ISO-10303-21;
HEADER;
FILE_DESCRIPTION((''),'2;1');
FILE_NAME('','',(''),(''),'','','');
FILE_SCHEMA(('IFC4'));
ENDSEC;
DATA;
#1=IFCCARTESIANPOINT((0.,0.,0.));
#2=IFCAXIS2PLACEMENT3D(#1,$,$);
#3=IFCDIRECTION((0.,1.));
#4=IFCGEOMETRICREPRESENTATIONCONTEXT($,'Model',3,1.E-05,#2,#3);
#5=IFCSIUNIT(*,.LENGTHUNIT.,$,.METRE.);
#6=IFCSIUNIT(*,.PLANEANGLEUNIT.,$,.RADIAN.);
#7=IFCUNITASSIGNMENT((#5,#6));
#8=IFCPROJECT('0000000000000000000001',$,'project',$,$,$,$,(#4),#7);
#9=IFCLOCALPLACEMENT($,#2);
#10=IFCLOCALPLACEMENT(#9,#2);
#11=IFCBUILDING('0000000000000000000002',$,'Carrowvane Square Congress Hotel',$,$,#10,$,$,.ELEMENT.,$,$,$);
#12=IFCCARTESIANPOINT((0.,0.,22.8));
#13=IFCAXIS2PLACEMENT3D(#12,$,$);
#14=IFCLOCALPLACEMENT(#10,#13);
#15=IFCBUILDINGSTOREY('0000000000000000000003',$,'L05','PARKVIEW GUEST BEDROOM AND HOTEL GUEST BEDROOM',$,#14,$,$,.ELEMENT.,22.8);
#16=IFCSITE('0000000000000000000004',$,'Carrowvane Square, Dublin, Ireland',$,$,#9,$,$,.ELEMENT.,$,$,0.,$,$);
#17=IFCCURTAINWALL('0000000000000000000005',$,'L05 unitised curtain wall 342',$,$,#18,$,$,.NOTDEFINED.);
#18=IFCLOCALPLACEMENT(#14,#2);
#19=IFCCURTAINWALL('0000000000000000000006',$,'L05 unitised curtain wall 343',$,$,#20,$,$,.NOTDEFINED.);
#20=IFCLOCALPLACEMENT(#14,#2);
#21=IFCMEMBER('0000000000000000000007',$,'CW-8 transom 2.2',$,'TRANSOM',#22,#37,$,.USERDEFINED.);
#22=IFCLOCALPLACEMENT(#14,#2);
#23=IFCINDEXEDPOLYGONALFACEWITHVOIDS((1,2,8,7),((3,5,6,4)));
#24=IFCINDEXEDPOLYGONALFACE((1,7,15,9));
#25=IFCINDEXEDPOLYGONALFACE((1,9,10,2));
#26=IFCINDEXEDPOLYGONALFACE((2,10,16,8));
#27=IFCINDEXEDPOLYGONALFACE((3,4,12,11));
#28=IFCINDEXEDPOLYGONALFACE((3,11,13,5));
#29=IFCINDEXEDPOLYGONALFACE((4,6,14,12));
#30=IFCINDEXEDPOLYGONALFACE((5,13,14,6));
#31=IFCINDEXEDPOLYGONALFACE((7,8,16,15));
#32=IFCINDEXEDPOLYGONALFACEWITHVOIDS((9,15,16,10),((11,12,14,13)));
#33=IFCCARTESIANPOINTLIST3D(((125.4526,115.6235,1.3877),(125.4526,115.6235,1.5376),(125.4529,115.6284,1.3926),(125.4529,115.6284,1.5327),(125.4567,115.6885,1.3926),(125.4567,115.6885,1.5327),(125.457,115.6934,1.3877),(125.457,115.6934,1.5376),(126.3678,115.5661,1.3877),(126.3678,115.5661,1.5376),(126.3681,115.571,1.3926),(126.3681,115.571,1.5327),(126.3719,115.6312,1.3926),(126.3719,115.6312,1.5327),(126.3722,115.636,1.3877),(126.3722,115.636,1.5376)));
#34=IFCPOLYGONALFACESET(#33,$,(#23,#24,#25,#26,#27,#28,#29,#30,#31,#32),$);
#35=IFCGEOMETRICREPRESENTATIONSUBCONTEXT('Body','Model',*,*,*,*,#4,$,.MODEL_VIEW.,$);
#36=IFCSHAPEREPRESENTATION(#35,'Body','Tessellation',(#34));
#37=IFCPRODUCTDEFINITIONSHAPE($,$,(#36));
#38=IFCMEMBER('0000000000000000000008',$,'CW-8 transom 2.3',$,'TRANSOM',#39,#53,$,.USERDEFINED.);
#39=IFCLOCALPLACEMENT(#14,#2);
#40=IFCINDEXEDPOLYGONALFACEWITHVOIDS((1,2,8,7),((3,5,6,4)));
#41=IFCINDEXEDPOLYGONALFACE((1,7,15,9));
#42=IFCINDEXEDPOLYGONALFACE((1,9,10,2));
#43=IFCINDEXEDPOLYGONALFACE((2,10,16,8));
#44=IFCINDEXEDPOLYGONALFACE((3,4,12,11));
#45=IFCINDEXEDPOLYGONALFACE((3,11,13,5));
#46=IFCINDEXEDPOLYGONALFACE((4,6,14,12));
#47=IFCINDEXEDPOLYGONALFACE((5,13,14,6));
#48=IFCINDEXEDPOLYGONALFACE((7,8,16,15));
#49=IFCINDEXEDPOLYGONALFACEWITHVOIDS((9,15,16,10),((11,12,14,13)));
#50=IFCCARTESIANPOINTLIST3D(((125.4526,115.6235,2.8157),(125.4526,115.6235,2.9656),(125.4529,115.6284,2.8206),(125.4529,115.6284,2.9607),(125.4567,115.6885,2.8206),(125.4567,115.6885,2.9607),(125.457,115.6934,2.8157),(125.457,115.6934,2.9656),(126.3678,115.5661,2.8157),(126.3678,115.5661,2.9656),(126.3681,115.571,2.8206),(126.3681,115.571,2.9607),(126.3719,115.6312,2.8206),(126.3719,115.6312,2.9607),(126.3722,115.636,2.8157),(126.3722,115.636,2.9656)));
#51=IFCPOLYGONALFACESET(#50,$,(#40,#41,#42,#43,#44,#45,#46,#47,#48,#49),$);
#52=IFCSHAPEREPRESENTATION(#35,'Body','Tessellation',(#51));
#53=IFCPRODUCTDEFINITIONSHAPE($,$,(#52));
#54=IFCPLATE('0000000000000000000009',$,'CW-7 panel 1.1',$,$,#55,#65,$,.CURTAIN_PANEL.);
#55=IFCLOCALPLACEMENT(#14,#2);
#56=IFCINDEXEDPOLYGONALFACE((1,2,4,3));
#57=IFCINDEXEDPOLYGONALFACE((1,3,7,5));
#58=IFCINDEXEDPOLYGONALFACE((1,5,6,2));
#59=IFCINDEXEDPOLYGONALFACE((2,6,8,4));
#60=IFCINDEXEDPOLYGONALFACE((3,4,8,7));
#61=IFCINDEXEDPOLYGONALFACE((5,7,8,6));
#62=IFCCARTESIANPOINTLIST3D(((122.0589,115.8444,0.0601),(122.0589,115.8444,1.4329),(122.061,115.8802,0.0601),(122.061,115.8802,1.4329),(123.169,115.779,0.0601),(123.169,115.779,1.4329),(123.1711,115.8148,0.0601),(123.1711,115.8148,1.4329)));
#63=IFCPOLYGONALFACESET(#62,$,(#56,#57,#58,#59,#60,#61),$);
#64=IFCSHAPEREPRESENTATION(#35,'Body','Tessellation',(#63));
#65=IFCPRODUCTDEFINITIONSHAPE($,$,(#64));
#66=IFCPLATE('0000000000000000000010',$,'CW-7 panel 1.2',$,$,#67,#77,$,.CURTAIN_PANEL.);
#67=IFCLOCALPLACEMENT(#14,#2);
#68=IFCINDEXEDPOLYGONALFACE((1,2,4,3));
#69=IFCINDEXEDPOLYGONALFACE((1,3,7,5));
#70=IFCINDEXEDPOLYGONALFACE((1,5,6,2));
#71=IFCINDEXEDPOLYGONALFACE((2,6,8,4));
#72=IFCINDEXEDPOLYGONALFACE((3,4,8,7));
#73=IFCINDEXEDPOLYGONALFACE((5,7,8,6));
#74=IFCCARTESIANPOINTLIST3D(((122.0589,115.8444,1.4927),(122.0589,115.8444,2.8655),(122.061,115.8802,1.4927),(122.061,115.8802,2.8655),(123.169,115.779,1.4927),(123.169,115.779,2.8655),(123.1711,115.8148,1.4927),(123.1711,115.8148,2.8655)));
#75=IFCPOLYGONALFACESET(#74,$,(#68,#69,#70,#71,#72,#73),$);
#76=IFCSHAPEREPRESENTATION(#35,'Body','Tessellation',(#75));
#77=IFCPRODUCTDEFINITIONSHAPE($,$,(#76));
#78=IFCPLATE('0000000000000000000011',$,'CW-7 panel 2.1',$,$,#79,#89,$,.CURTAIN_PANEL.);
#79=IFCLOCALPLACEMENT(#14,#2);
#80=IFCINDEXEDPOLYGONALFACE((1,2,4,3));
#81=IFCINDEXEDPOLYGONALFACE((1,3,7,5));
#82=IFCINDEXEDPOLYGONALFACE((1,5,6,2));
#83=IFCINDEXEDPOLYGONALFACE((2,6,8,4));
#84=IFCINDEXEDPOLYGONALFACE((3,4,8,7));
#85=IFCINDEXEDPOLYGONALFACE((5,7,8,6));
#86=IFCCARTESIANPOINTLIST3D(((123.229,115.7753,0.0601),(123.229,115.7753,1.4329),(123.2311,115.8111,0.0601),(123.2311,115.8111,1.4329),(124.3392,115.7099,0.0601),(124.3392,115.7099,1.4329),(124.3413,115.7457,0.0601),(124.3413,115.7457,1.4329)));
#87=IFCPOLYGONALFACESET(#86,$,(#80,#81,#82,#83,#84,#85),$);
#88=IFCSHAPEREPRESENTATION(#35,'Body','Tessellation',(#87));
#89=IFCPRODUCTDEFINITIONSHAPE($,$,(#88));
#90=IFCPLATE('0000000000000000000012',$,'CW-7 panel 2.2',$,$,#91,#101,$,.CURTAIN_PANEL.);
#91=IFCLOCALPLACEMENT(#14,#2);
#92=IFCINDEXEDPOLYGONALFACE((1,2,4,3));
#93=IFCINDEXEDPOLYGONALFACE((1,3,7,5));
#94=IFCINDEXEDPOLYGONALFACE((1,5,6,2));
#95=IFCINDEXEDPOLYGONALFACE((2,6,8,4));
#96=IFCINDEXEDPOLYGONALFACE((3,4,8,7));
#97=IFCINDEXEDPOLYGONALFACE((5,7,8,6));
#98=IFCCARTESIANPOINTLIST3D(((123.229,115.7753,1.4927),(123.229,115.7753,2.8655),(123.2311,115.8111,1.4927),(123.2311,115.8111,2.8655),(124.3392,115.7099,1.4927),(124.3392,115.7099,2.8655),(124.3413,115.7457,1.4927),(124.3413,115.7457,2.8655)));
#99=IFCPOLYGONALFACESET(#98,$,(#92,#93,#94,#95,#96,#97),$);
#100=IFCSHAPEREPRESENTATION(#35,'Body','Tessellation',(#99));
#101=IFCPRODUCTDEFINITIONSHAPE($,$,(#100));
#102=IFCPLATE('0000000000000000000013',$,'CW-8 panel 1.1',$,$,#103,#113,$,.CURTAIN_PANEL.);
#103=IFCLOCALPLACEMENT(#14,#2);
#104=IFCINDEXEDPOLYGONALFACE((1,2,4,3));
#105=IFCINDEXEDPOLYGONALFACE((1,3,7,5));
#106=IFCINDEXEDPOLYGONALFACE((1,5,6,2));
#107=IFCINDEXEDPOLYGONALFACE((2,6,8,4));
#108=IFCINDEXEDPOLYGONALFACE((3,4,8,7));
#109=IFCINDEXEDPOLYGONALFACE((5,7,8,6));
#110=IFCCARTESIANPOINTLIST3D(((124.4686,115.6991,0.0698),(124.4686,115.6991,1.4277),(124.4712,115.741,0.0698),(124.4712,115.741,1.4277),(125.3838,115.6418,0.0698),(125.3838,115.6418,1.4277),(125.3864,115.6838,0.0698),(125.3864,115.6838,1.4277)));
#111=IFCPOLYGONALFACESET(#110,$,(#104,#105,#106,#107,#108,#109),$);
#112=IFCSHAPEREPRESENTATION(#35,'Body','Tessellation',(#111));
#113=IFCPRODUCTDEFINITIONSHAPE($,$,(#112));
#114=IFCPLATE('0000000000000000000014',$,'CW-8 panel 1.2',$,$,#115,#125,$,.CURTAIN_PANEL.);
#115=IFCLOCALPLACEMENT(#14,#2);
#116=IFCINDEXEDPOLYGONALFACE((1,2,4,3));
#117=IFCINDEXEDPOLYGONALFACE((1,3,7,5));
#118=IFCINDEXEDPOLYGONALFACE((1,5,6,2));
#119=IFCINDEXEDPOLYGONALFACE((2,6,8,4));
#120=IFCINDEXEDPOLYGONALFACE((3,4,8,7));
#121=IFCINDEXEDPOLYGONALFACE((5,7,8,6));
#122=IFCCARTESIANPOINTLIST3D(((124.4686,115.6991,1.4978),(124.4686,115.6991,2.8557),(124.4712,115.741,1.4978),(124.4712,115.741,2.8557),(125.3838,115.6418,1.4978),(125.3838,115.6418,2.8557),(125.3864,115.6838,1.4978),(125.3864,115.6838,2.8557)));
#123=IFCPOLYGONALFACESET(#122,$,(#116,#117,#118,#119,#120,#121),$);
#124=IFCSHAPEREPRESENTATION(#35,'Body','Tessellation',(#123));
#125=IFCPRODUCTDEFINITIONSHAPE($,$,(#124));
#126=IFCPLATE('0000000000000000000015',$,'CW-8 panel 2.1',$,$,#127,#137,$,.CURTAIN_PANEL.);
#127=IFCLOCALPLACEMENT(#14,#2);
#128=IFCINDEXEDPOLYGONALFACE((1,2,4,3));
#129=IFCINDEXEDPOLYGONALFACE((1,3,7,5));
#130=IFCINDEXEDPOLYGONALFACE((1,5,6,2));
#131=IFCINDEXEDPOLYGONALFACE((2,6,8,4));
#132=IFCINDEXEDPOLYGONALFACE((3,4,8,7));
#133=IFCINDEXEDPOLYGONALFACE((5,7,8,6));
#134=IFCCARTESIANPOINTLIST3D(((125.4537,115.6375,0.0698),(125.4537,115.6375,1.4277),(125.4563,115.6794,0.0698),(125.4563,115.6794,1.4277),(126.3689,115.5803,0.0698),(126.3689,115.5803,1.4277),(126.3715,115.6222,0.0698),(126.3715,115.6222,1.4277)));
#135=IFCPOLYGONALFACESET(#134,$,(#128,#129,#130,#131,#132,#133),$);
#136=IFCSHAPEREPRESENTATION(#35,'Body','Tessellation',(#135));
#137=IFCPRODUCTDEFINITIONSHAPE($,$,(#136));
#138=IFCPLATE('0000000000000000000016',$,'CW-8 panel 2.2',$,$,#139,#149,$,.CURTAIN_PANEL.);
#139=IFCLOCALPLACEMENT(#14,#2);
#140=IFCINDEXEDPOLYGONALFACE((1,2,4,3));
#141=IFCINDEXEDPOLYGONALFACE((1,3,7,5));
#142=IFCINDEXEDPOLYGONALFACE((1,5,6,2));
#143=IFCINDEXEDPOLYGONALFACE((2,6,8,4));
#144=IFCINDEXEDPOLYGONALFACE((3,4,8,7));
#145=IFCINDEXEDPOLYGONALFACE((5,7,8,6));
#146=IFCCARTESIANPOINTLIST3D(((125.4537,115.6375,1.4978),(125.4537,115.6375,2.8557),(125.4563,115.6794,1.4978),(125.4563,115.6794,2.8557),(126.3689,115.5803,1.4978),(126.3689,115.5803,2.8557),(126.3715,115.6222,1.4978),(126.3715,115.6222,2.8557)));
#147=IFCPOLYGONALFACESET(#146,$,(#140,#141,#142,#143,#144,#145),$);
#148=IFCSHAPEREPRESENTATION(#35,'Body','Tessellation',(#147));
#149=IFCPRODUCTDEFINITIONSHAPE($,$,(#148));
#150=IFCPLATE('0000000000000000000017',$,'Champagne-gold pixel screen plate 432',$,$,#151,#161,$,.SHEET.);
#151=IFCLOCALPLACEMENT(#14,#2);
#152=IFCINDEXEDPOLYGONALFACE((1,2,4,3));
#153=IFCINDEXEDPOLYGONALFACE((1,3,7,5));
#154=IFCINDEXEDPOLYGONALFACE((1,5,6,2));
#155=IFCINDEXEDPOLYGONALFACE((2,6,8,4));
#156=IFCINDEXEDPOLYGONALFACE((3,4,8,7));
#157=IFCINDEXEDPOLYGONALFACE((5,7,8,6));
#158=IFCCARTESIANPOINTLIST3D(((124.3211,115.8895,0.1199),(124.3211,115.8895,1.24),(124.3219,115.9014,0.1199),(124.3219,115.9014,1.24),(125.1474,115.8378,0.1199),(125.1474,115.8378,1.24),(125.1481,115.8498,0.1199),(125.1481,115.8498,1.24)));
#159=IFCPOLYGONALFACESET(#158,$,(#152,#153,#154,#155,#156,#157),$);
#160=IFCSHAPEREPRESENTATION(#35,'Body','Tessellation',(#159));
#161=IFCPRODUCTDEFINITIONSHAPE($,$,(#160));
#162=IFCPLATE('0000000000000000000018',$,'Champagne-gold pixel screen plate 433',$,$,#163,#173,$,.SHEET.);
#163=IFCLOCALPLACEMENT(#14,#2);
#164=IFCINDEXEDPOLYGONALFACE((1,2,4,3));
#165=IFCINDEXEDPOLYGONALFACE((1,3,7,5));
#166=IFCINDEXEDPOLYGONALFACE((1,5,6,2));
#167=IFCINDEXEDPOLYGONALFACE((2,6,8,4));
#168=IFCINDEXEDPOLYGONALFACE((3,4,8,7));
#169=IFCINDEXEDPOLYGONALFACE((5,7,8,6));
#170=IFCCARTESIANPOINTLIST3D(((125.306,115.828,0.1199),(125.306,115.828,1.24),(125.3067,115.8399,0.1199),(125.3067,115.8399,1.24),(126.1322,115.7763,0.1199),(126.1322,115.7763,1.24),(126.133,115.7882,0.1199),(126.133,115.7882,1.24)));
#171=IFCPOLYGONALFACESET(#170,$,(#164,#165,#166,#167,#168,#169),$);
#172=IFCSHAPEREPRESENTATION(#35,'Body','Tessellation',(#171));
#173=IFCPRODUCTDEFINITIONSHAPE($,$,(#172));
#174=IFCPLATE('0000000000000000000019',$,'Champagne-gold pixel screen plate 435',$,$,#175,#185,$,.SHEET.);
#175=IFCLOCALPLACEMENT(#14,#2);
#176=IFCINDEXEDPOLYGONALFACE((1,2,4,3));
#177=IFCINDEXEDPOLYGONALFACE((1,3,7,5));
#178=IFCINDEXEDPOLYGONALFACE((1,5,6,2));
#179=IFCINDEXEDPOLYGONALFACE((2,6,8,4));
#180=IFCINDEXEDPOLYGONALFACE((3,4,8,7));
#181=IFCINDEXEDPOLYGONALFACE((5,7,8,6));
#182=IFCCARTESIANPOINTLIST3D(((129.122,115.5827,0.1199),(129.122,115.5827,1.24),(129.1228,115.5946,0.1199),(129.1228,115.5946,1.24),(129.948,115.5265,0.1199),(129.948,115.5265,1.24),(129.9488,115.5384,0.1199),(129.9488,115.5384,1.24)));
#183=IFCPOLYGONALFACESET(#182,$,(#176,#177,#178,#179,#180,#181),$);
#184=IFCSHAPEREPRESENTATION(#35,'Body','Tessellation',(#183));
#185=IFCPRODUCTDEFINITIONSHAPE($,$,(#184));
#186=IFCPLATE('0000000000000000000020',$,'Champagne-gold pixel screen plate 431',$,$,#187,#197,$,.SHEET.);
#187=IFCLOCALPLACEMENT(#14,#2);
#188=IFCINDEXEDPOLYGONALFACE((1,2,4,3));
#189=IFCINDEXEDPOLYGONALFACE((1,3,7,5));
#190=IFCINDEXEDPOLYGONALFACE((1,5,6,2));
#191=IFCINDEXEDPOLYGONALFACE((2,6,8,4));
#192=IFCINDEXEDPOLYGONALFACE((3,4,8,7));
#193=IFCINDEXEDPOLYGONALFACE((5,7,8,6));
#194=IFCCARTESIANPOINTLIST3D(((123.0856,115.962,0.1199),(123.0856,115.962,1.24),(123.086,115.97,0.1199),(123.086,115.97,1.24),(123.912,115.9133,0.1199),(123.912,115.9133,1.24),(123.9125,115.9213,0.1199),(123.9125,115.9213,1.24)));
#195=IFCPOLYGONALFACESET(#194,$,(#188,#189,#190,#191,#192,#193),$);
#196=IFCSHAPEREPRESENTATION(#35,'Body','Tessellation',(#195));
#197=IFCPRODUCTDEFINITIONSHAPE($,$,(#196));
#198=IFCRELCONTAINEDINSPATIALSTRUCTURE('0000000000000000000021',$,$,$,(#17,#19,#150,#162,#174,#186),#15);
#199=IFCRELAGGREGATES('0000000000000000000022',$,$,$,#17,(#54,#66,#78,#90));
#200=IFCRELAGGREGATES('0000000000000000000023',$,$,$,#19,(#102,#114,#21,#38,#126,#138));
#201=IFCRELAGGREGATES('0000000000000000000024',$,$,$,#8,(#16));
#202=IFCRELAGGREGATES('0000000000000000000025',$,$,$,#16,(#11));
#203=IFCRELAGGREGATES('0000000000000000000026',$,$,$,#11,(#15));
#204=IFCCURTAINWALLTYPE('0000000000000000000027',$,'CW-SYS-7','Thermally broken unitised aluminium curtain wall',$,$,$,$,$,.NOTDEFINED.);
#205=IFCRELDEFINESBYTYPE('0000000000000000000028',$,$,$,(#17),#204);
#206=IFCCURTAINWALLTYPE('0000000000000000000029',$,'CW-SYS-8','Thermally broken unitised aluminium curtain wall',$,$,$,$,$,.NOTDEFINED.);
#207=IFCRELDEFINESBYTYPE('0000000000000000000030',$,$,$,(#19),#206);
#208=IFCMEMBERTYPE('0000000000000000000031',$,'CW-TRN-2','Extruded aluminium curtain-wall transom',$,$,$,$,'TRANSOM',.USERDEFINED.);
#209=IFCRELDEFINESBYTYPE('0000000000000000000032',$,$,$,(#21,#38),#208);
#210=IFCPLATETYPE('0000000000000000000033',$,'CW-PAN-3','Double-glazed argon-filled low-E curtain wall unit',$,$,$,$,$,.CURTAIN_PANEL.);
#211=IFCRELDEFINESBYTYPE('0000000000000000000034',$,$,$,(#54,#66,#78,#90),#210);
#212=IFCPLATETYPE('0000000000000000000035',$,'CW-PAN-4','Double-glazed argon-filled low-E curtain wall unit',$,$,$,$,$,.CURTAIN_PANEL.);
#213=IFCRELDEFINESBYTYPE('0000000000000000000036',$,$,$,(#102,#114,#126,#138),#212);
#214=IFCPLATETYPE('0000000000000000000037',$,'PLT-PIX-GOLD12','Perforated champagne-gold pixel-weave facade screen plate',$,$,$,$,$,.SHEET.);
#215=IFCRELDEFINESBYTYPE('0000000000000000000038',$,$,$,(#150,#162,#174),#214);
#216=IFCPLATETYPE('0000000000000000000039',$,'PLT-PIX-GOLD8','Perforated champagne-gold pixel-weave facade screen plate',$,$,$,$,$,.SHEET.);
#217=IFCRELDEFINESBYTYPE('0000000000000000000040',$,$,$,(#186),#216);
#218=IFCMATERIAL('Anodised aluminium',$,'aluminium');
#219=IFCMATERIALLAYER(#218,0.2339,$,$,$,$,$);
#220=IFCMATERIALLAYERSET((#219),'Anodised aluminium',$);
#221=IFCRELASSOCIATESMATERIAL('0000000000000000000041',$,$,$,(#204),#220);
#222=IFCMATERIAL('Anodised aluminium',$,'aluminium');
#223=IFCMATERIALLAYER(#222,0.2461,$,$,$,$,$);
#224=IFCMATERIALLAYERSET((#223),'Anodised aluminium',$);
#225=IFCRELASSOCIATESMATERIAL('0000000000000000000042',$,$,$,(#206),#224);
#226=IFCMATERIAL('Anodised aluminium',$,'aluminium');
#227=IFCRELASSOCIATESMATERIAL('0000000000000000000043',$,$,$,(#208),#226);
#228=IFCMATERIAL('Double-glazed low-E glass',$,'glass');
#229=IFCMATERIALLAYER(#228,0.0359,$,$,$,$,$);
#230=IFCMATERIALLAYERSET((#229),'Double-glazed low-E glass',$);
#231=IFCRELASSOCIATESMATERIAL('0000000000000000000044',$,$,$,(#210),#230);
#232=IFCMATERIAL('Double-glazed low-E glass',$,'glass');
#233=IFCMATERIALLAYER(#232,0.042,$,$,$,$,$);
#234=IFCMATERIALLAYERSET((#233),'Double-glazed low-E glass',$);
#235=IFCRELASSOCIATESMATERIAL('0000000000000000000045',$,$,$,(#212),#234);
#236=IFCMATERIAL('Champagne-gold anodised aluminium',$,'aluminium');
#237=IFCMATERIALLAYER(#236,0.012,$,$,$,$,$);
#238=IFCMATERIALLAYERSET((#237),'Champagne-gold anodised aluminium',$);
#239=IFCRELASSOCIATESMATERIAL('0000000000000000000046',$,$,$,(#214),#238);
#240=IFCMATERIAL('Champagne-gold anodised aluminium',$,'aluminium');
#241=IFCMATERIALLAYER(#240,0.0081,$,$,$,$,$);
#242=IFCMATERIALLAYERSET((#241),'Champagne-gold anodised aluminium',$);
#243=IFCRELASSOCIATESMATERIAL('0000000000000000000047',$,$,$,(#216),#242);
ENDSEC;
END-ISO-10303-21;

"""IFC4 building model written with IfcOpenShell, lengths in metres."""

from ifc_helpers import new_model, si_unit, direction, frame, origin, origin_2d, place, context, subcontext, project, spatial, rectangle, hollow_rectangle, extrude, material, layer, layer_set, material_profile, profile_set, type_object, element, aggregate, save


model = new_model("IFC4")

# Units and contexts
model_context = context("Model", 3, precision=1e-05, world=origin(), true_north=direction((0.0, 1.0)))
body_context = subcontext(model_context, "Body", "Model", "MODEL_VIEW")
ifc_project = project(units=[si_unit("LENGTHUNIT", "METRE"), si_unit("PLANEANGLEUNIT", "RADIAN")], contexts=[model_context])

# Site, building, storey
site_placement = place(None, origin())
site = spatial("IfcSite", under=ifc_project, at=site_placement, Name="Carrowvane Square, Dublin, Ireland", CompositionType="ELEMENT", RefElevation=0.0)
building_placement = place(site_placement, origin())
building = spatial("IfcBuilding", under=site, at=building_placement, Name="Carrowvane Square Congress Hotel", CompositionType="ELEMENT")
storey_placement = place(building_placement, frame((0.0, 0.0, 22.8)))
storey = spatial("IfcBuildingStorey", under=building, at=storey_placement, Name="L05", Description="PARKVIEW GUEST BEDROOM AND HOTEL GUEST BEDROOM", CompositionType="ELEMENT", Elevation=22.8)

# Curtain wall
ifc_material_1 = material(Name="Anodised aluminium", Category="aluminium")
ifc_layer_1 = layer(ifc_material_1, 0.2339)
ifc_layer_set_1 = layer_set([ifc_layer_1], Name="Anodised aluminium")
curtain_wall_type_1 = type_object("IfcCurtainWallType", Name="CW-SYS-7", Description="Thermally broken unitised aluminium curtain wall", PredefinedType="NOTDEFINED", material=ifc_layer_set_1)
curtain_wall_1_placement = place(storey_placement, origin())
curtain_wall_1 = element("IfcCurtainWall", 1, at=curtain_wall_1_placement, inside=storey, type_object=curtain_wall_type_1, Name="L05 unitised curtain wall 342", PredefinedType="NOTDEFINED")

# Curtain wall
ifc_material_2 = material(Name="Anodised aluminium", Category="aluminium")
ifc_layer_2 = layer(ifc_material_2, 0.2461)
ifc_layer_set_2 = layer_set([ifc_layer_2], Name="Anodised aluminium")
curtain_wall_type_2 = type_object("IfcCurtainWallType", Name="CW-SYS-8", Description="Thermally broken unitised aluminium curtain wall", PredefinedType="NOTDEFINED", material=ifc_layer_set_2)
curtain_wall_2_placement = place(storey_placement, origin())
curtain_wall_2 = element("IfcCurtainWall", 2, at=curtain_wall_2_placement, inside=storey, type_object=curtain_wall_type_2, Name="L05 unitised curtain wall 343", PredefinedType="NOTDEFINED")

# Members
ifc_material_3 = material(Name="Anodised aluminium", Category="aluminium")
ifc_material_profile_1 = material_profile(ifc_material_3, hollow_rectangle(XDim=0.0701, YDim=0.1499, WallThickness=0.0049, at=origin_2d()), Name="CW-TR 70x150x5")
ifc_profile_set_1 = profile_set([ifc_material_profile_1], Name="Anodised aluminium")
member_type_1 = type_object("IfcMemberType", Name="CW-TRN-2", Description="Extruded aluminium curtain-wall transom", ElementType="TRANSOM", PredefinedType="USERDEFINED", material=ifc_profile_set_1)
member_1_placement = place(storey_placement, frame((125.4548, 115.6584, 1.4626), z_axis=(0.998041, -0.062561, 0.0), x_axis=(0.062561, 0.998041, 0.0)))
member_1 = element("IfcMember", 3, at=member_1_placement, type_object=member_type_1, Name="CW-8 transom 2.2", ObjectType="TRANSOM", PredefinedType="USERDEFINED", context=body_context, shape_type="SweptSolid", body=[
    extrude(hollow_rectangle(XDim=0.0701, YDim=0.1499, WallThickness=0.0049, at=origin_2d()), origin(), (0.0, 0.0, 1.0), 0.917),
])
member_2_placement = place(storey_placement, frame((125.4548, 115.6584, 2.8906), z_axis=(0.998041, -0.062561, 0.0), x_axis=(0.062561, 0.998041, 0.0)))
member_2 = element("IfcMember", 4, at=member_2_placement, type_object=member_type_1, Name="CW-8 transom 2.3", ObjectType="TRANSOM", PredefinedType="USERDEFINED", context=body_context, shape_type="SweptSolid", body=[
    extrude(hollow_rectangle(XDim=0.0701, YDim=0.1499, WallThickness=0.0049, at=origin_2d()), origin(), (0.0, 0.0, 1.0), 0.917),
])

# Plates
ifc_material_4 = material(Name="Double-glazed low-E glass", Category="glass")
ifc_layer_3 = layer(ifc_material_4, 0.0359)
ifc_layer_set_3 = layer_set([ifc_layer_3], Name="Double-glazed low-E glass")
plate_type_1 = type_object("IfcPlateType", Name="CW-PAN-3", Description="Double-glazed argon-filled low-E curtain wall unit", PredefinedType="CURTAIN_PANEL", material=ifc_layer_set_3)
plate_1_placement = place(storey_placement, frame((122.615, 115.8296, 0.0601), z_axis=(0.0, 0.0, 1.0), x_axis=(0.998267, -0.058851, 0.0)))
plate_1 = element("IfcPlate", 5, at=plate_1_placement, type_object=plate_type_1, Name="CW-7 panel 1.1", PredefinedType="CURTAIN_PANEL", context=body_context, shape_type="SweptSolid", body=[
    extrude(rectangle(XDim=1.1121, YDim=0.0359, at=origin_2d()), origin(), (0.0, 0.0, 1.0), 1.3728),
])
plate_2_placement = place(storey_placement, frame((122.615, 115.8296, 1.4927), z_axis=(0.0, 0.0, 1.0), x_axis=(0.998267, -0.058851, 0.0)))
plate_2 = element("IfcPlate", 6, at=plate_2_placement, type_object=plate_type_1, Name="CW-7 panel 1.2", PredefinedType="CURTAIN_PANEL", context=body_context, shape_type="SweptSolid", body=[
    extrude(rectangle(XDim=1.1121, YDim=0.0359, at=origin_2d()), origin(), (0.0, 0.0, 1.0), 1.3728),
])
plate_3_placement = place(storey_placement, frame((123.7852, 115.7605, 0.0601), z_axis=(0.0, 0.0, 1.0), x_axis=(0.998267, -0.058851, 0.0)))
plate_3 = element("IfcPlate", 7, at=plate_3_placement, type_object=plate_type_1, Name="CW-7 panel 2.1", PredefinedType="CURTAIN_PANEL", context=body_context, shape_type="SweptSolid", body=[
    extrude(rectangle(XDim=1.1121, YDim=0.0359, at=origin_2d()), origin(), (0.0, 0.0, 1.0), 1.3728),
])
plate_4_placement = place(storey_placement, frame((123.7852, 115.7605, 1.4927), z_axis=(0.0, 0.0, 1.0), x_axis=(0.998267, -0.058851, 0.0)))
plate_4 = element("IfcPlate", 8, at=plate_4_placement, type_object=plate_type_1, Name="CW-7 panel 2.2", PredefinedType="CURTAIN_PANEL", context=body_context, shape_type="SweptSolid", body=[
    extrude(rectangle(XDim=1.1121, YDim=0.0359, at=origin_2d()), origin(), (0.0, 0.0, 1.0), 1.3728),
])
aggregate(curtain_wall_1, [plate_1, plate_2, plate_3, plate_4])
ifc_material_5 = material(Name="Double-glazed low-E glass", Category="glass")
ifc_layer_4 = layer(ifc_material_5, 0.042)
ifc_layer_set_4 = layer_set([ifc_layer_4], Name="Double-glazed low-E glass")
plate_type_2 = type_object("IfcPlateType", Name="CW-PAN-4", Description="Double-glazed argon-filled low-E curtain wall unit", PredefinedType="CURTAIN_PANEL", material=ifc_layer_set_4)
plate_5_placement = place(storey_placement, frame((124.9275, 115.6914, 0.0698), z_axis=(0.0, 0.0, 1.0), x_axis=(0.998051, -0.062397, 0.0)))
plate_5 = element("IfcPlate", 9, at=plate_5_placement, type_object=plate_type_2, Name="CW-8 panel 1.1", PredefinedType="CURTAIN_PANEL", context=body_context, shape_type="SweptSolid", body=[
    extrude(rectangle(XDim=0.917, YDim=0.042, at=origin_2d()), origin(), (0.0, 0.0, 1.0), 1.3579),
])
plate_6_placement = place(storey_placement, frame((124.9275, 115.6914, 1.4978), z_axis=(0.0, 0.0, 1.0), x_axis=(0.998051, -0.062397, 0.0)))
plate_6 = element("IfcPlate", 10, at=plate_6_placement, type_object=plate_type_2, Name="CW-8 panel 1.2", PredefinedType="CURTAIN_PANEL", context=body_context, shape_type="SweptSolid", body=[
    extrude(rectangle(XDim=0.917, YDim=0.042, at=origin_2d()), origin(), (0.0, 0.0, 1.0), 1.3579),
])
plate_7_placement = place(storey_placement, frame((125.9126, 115.6299, 0.0698), z_axis=(0.0, 0.0, 1.0), x_axis=(0.998051, -0.062397, 0.0)))
plate_7 = element("IfcPlate", 11, at=plate_7_placement, type_object=plate_type_2, Name="CW-8 panel 2.1", PredefinedType="CURTAIN_PANEL", context=body_context, shape_type="SweptSolid", body=[
    extrude(rectangle(XDim=0.917, YDim=0.042, at=origin_2d()), origin(), (0.0, 0.0, 1.0), 1.3579),
])
plate_8_placement = place(storey_placement, frame((125.9126, 115.6299, 1.4978), z_axis=(0.0, 0.0, 1.0), x_axis=(0.998051, -0.062397, 0.0)))
plate_8 = element("IfcPlate", 12, at=plate_8_placement, type_object=plate_type_2, Name="CW-8 panel 2.2", PredefinedType="CURTAIN_PANEL", context=body_context, shape_type="SweptSolid", body=[
    extrude(rectangle(XDim=0.917, YDim=0.042, at=origin_2d()), origin(), (0.0, 0.0, 1.0), 1.3579),
])
aggregate(curtain_wall_2, [plate_5, plate_6, member_1, member_2, plate_7, plate_8])

# Plates
ifc_material_6 = material(Name="Champagne-gold anodised aluminium", Category="aluminium")
ifc_layer_5 = layer(ifc_material_6, 0.012)
ifc_layer_set_5 = layer_set([ifc_layer_5], Name="Champagne-gold anodised aluminium")
plate_type_3 = type_object("IfcPlateType", Name="PLT-PIX-GOLD12", Description="Perforated champagne-gold pixel-weave facade screen plate", PredefinedType="SHEET", material=ifc_layer_set_5)
for number, where, z_axis, x_axis, name in (
    (13, (124.7346, 115.8696, 0.1199), (0.0, 0.0, 1.0), (0.998051, -0.062397, 0.0), "Champagne-gold pixel screen plate 432"),
    (14, (125.7195, 115.8081, 0.1199), (0.0, 0.0, 1.0), (0.998051, -0.062397, 0.0), "Champagne-gold pixel screen plate 433"),
    (15, (129.5354, 115.5605, 0.1199), (0.0, 0.0, 1.0), (0.997694, -0.067866, 0.0), "Champagne-gold pixel screen plate 435"),
):
    element("IfcPlate", number, at=place(storey_placement, frame(where, z_axis=z_axis, x_axis=x_axis)), inside=storey, type_object=plate_type_3, Name=name, PredefinedType="SHEET", context=body_context, shape_type="SweptSolid", body=[
        extrude(rectangle(XDim=0.8279, YDim=0.012, at=origin_2d()), origin(), (0.0, 0.0, 1.0), 1.1201),
    ])
ifc_material_7 = material(Name="Champagne-gold anodised aluminium", Category="aluminium")
ifc_layer_6 = layer(ifc_material_7, 0.0081)
ifc_layer_set_6 = layer_set([ifc_layer_6], Name="Champagne-gold anodised aluminium")
plate_type_4 = type_object("IfcPlateType", Name="PLT-PIX-GOLD8", Description="Perforated champagne-gold pixel-weave facade screen plate", PredefinedType="SHEET", material=ifc_layer_set_6)
for number, where, z_axis, x_axis, name in (
    (16, (123.499, 115.9417, 0.1199), (0.0, 0.0, 1.0), (0.998267, -0.058852, 0.0), "Champagne-gold pixel screen plate 431"),
):
    element("IfcPlate", number, at=place(storey_placement, frame(where, z_axis=z_axis, x_axis=x_axis)), inside=storey, type_object=plate_type_4, Name=name, PredefinedType="SHEET", context=body_context, shape_type="SweptSolid", body=[
        extrude(rectangle(XDim=0.8279, YDim=0.0081, at=origin_2d()), origin(), (0.0, 0.0, 1.0), 1.1201),
    ])

save(model, "model.ifc")
